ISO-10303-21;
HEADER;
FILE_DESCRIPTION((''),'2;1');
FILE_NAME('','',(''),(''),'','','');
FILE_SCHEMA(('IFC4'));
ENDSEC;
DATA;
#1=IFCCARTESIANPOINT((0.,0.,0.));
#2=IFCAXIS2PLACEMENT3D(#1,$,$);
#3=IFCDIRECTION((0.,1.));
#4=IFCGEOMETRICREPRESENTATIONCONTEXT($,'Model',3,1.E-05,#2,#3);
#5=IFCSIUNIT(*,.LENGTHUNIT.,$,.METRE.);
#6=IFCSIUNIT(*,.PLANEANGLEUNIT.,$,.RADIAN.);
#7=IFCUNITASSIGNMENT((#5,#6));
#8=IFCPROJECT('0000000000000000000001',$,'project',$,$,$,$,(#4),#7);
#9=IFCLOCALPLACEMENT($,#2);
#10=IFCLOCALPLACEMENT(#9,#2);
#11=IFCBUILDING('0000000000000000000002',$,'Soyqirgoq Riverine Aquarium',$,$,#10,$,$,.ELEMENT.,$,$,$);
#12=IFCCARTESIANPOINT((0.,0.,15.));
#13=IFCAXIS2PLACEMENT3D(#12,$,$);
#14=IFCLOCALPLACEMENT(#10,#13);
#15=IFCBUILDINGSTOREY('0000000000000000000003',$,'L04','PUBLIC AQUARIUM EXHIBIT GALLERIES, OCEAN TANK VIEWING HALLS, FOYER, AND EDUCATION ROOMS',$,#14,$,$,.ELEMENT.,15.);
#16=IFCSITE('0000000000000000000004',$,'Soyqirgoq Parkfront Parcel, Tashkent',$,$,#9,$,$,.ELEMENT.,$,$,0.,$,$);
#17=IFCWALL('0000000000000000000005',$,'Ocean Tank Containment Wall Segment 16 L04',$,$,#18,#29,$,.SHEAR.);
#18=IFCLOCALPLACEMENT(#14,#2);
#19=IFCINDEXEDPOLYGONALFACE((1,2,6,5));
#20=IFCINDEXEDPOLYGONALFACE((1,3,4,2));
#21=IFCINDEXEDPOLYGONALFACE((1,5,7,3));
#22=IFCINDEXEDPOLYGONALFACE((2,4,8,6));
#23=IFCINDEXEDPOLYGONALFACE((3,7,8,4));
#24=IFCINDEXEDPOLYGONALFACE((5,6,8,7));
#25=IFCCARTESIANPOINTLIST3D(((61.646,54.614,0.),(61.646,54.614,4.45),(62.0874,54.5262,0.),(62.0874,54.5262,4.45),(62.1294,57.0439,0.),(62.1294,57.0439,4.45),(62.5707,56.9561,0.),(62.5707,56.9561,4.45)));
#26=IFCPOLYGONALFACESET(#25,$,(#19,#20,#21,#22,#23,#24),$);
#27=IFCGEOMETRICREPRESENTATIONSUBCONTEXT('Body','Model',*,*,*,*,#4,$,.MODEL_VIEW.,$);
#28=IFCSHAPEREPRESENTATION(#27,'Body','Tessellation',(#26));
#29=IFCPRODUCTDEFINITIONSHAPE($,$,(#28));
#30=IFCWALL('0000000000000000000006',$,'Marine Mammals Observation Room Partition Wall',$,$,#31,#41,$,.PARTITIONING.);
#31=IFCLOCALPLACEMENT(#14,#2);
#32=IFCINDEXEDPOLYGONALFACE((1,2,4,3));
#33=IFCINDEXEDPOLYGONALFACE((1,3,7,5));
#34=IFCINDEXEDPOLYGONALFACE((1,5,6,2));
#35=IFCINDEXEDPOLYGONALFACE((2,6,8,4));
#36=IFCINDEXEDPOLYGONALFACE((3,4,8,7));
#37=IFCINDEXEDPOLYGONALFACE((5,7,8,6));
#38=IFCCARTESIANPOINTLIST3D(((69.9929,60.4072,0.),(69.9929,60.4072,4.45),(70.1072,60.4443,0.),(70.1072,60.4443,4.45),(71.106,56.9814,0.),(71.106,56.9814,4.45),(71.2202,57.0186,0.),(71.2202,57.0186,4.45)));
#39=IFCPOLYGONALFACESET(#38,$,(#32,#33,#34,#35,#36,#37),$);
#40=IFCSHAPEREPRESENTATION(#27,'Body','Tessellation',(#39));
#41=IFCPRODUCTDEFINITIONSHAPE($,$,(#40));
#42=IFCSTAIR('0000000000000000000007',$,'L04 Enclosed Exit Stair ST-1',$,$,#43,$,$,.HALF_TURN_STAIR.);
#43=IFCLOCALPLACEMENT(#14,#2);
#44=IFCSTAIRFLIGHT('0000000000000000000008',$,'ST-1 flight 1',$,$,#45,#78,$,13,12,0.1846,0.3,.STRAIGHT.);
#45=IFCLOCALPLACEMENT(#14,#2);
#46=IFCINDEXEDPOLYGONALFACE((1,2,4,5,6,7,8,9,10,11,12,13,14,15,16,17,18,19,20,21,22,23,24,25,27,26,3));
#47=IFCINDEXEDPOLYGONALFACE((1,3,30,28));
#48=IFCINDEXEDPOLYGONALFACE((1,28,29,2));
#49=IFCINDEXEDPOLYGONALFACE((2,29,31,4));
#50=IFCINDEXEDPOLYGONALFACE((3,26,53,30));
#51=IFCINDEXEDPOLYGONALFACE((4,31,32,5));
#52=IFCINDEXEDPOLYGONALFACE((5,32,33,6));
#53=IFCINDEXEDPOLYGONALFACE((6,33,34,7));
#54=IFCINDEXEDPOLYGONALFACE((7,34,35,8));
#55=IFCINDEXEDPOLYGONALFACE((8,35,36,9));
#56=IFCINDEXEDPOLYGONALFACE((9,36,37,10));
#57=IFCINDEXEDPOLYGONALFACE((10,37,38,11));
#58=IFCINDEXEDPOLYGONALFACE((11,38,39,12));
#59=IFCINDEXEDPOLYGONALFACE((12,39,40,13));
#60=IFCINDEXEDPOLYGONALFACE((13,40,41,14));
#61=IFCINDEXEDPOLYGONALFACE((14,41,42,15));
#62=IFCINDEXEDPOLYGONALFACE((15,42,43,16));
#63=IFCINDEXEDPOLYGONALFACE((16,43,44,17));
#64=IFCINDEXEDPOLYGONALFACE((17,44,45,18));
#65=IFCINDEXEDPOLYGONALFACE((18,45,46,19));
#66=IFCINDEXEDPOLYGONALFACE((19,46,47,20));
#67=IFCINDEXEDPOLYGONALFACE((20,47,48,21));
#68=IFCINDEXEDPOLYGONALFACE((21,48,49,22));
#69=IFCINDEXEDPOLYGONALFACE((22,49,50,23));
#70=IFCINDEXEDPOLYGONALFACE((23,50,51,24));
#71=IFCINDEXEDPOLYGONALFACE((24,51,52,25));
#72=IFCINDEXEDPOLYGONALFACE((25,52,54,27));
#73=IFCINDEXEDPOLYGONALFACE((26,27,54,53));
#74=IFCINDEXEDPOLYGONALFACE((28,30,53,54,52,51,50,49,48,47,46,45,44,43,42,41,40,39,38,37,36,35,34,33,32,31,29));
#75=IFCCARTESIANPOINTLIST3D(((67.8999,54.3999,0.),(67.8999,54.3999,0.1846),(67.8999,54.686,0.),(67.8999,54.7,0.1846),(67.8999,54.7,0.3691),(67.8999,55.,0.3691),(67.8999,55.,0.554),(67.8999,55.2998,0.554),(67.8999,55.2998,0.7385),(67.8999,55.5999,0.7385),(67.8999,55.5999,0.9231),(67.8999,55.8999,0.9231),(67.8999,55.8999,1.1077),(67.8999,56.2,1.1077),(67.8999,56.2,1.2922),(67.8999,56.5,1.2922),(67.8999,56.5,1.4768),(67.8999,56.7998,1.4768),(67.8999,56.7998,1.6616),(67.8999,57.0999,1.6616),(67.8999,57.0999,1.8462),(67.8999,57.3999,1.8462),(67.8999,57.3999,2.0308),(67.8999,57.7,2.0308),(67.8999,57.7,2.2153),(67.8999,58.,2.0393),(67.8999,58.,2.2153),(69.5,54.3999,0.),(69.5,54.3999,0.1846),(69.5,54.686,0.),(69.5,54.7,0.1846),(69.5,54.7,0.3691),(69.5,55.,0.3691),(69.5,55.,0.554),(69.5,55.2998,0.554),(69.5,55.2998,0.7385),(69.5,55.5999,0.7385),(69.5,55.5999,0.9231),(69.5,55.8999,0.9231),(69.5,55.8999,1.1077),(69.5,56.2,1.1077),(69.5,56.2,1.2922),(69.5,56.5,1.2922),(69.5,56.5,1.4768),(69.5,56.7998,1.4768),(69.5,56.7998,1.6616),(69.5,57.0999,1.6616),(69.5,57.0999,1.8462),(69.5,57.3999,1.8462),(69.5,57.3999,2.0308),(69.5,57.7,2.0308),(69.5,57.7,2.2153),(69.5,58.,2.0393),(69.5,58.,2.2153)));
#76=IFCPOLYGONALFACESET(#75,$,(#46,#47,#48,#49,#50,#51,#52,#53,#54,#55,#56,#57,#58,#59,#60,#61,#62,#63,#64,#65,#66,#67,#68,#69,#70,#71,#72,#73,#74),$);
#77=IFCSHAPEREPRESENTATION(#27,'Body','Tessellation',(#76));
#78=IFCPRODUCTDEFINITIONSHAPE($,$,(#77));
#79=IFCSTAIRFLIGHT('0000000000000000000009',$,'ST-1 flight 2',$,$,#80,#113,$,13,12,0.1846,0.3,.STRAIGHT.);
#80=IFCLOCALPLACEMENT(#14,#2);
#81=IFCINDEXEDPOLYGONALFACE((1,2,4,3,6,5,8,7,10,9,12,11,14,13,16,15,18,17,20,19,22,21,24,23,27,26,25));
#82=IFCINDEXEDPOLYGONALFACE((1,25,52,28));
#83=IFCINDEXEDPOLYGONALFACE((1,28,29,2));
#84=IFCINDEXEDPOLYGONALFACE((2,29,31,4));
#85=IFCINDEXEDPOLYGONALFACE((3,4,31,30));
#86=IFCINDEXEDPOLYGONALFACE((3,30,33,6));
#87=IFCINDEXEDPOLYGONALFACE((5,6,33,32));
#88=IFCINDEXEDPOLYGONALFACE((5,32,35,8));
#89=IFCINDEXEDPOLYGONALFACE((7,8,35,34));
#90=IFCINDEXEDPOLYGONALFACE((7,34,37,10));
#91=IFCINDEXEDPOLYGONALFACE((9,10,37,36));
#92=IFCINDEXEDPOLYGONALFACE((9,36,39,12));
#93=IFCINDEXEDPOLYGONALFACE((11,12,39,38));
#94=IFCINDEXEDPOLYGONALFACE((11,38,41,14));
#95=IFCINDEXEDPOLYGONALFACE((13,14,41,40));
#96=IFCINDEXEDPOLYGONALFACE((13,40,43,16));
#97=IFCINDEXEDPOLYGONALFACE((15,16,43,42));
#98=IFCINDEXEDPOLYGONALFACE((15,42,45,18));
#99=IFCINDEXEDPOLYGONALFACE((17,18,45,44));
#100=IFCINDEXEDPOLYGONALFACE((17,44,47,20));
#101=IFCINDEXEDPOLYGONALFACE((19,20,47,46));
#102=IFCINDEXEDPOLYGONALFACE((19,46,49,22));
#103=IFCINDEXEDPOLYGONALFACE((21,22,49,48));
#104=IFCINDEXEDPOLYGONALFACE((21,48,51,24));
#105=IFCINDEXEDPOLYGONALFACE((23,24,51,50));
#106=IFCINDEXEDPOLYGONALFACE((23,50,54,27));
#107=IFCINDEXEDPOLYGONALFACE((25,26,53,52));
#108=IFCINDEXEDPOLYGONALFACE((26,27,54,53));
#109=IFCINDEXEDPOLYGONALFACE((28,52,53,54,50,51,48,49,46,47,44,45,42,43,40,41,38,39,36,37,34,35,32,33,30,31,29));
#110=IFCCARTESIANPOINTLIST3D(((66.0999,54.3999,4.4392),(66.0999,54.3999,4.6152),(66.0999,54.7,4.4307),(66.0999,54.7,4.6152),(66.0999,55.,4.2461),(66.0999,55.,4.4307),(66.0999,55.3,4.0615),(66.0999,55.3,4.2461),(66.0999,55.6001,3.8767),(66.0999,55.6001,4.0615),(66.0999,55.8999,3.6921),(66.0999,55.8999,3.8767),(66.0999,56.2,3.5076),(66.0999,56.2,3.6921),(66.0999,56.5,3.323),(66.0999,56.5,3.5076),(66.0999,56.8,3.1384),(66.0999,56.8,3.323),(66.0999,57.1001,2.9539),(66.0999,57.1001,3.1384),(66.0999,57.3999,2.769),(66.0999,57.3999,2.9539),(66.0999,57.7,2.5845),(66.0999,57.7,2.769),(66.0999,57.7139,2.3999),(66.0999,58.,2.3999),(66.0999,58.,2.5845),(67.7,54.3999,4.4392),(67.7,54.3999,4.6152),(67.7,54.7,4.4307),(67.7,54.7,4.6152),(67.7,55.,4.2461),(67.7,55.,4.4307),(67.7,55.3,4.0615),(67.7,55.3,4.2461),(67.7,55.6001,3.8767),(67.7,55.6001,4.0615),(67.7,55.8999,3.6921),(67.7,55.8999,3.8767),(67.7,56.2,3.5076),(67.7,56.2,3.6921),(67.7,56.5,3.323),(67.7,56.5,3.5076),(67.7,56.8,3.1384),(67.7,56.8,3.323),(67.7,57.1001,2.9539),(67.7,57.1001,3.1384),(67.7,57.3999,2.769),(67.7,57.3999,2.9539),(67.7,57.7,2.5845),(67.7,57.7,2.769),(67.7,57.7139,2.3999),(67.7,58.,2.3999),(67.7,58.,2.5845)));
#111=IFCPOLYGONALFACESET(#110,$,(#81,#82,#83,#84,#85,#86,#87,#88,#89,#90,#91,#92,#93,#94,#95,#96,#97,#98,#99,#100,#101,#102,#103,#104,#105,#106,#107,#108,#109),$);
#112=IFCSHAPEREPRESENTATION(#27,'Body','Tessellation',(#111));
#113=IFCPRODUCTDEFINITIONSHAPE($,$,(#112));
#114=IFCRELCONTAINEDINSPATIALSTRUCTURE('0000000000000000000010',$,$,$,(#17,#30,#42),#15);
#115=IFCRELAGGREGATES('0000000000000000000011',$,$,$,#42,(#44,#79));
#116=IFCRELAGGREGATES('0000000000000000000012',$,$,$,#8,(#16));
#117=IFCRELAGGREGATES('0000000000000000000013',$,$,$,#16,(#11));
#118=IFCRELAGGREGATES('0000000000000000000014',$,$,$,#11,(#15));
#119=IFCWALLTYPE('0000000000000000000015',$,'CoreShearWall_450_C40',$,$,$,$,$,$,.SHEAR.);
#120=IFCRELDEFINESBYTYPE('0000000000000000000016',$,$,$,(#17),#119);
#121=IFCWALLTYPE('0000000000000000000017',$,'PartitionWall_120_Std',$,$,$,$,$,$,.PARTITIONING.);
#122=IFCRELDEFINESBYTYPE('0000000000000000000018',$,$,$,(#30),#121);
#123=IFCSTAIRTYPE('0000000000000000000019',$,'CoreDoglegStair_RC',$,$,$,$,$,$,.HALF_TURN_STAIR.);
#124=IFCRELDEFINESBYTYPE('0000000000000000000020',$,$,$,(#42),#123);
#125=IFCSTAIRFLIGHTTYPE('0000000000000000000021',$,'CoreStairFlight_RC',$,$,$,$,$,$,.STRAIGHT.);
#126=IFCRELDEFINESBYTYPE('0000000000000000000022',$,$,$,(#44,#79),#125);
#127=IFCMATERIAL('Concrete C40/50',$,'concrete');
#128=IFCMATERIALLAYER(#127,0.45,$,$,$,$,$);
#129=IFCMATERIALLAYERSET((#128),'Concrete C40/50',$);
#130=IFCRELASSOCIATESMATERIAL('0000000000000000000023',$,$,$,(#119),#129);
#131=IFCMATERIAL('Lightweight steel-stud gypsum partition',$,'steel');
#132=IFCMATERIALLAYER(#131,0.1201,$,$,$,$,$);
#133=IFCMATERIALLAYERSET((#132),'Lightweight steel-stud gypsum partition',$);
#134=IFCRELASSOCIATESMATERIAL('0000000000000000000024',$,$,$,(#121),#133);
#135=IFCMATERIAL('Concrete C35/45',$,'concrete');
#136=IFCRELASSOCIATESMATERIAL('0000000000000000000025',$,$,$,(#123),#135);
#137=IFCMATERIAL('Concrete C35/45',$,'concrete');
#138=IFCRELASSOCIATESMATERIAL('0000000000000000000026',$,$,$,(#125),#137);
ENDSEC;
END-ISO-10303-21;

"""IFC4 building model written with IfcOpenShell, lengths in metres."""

from ifc_helpers import new_model, si_unit, direction, frame, frame_2d, origin, place, context, subcontext, project, spatial, polyline, rectangle, outline, extrude, material, layer, layer_set, type_object, element, aggregate, save


model = new_model("IFC4")

# Units and contexts
model_context = context("Model", 3, precision=1e-05, world=origin(), true_north=direction((0.0, 1.0)))
body_context = subcontext(model_context, "Body", "Model", "MODEL_VIEW")
ifc_project = project(units=[si_unit("LENGTHUNIT", "METRE"), si_unit("PLANEANGLEUNIT", "RADIAN")], contexts=[model_context])

# Site, building, storey
site_placement = place(None, origin())
site = spatial("IfcSite", under=ifc_project, at=site_placement, Name="Soyqirgoq Parkfront Parcel, Tashkent", CompositionType="ELEMENT", RefElevation=0.0)
building_placement = place(site_placement, origin())
building = spatial("IfcBuilding", under=site, at=building_placement, Name="Soyqirgoq Riverine Aquarium", CompositionType="ELEMENT")
storey_placement = place(building_placement, frame((0.0, 0.0, 15.0)))
storey = spatial("IfcBuildingStorey", under=building, at=storey_placement, Name="L04", Description="PUBLIC AQUARIUM EXHIBIT GALLERIES, OCEAN TANK VIEWING HALLS, FOYER, AND EDUCATION ROOMS", CompositionType="ELEMENT", Elevation=15.0)

# Walls
ifc_material_1 = material(Name="Concrete C40/50", Category="concrete")
ifc_layer_1 = layer(ifc_material_1, 0.45)
ifc_layer_set_1 = layer_set([ifc_layer_1], Name="Concrete C40/50")
wall_type_1 = type_object("IfcWallType", Name="CoreShearWall_450_C40", PredefinedType="SHEAR", material=ifc_layer_set_1)
wall_1_placement = place(storey_placement, frame((61.8667, 54.5701, 0.0), z_axis=(0.0, 0.0, 1.0), x_axis=(0.195112, 0.980781, 0.0)))
element("IfcWall", 1, at=wall_1_placement, inside=storey, type_object=wall_type_1, Name="Ocean Tank Containment Wall Segment 16 L04", PredefinedType="SHEAR", context=body_context, shape_type="SweptSolid", body=[
    extrude(rectangle(XDim=2.4775, YDim=0.45, at=frame_2d((1.2388, 0.0))), origin(), (0.0, 0.0, 1.0), 4.45),
])
ifc_material_2 = material(Name="Lightweight steel-stud gypsum partition", Category="steel")
ifc_layer_2 = layer(ifc_material_2, 0.1201)
ifc_layer_set_2 = layer_set([ifc_layer_2], Name="Lightweight steel-stud gypsum partition")
wall_type_2 = type_object("IfcWallType", Name="PartitionWall_120_Std", PredefinedType="PARTITIONING", material=ifc_layer_set_2)
wall_2_placement = place(storey_placement, frame((70.05, 60.4258, 0.0), z_axis=(0.0, 0.0, 1.0), x_axis=(0.309, -0.951062, 0.0)))
element("IfcWall", 2, at=wall_2_placement, inside=storey, type_object=wall_type_2, Name="Marine Mammals Observation Room Partition Wall", PredefinedType="PARTITIONING", context=body_context, shape_type="SweptSolid", body=[
    extrude(rectangle(XDim=3.6021, YDim=0.1201, at=frame_2d((1.801, 0.0))), origin(), (0.0, 0.0, 1.0), 4.45),
])

# Stair, stair flights
ifc_material_3 = material(Name="Concrete C35/45", Category="concrete")
stair_type = type_object("IfcStairType", Name="CoreDoglegStair_RC", PredefinedType="HALF_TURN_STAIR", material=ifc_material_3)
stair_placement = place(storey_placement, origin())
stair = element("IfcStair", 3, at=stair_placement, inside=storey, type_object=stair_type, Name="L04 Enclosed Exit Stair ST-1", PredefinedType="HALF_TURN_STAIR")
ifc_material_4 = material(Name="Concrete C35/45", Category="concrete")
stair_flight_type = type_object("IfcStairFlightType", Name="CoreStairFlight_RC", PredefinedType="STRAIGHT", material=ifc_material_4)
stair_flight_1_placement = place(storey_placement, frame((68.7, 54.3999, 0.0), z_axis=(0.0, 0.0, 1.0), x_axis=(0.0, 1.0, 0.0)))
stair_flight_1 = element("IfcStairFlight", 4, at=stair_flight_1_placement, type_object=stair_flight_type, Name="ST-1 flight 1", NumberOfRisers=13, NumberOfTreads=12, PredefinedType="STRAIGHT", RiserHeight=0.1846, TreadLength=0.3, context=body_context, shape_type="SweptSolid", body=[
    extrude(outline(polyline([(0.0, 0.0), (0.0, 0.1846), (0.3, 0.1846), (0.3, 0.3691), (0.6001, 0.3691), (0.6001, 0.554), (0.8999, 0.554), (0.8999, 0.7385), (1.2, 0.7385), (1.2, 0.9231), (1.5, 0.9231), (1.5, 1.1077), (1.8, 1.1077), (1.8, 1.2922), (2.1001, 1.2922), (2.1001, 1.4768), (2.3999, 1.4768), (2.3999, 1.6616), (2.7, 1.6616), (2.7, 1.8462), (3.0, 1.8462), (3.0, 2.0308), (3.3, 2.0308), (3.3, 2.2153), (3.6001, 2.2153), (3.6001, 2.3999), (3.6001, 2.0393), (0.2861, 0.0), (0.0, 0.0)])), frame((0.0, 0.8, 0.0), z_axis=(0.0, -1.0, 0.0), x_axis=(1.0, 0.0, 0.0)), (0.0, 0.0, 1.0), 1.6001),
])
stair_flight_2_placement = place(storey_placement, frame((66.8999, 58.0, 2.3999), z_axis=(0.0, 0.0, 1.0), x_axis=(0.0, -1.0, 0.0)))
stair_flight_2 = element("IfcStairFlight", 5, at=stair_flight_2_placement, type_object=stair_flight_type, Name="ST-1 flight 2", NumberOfRisers=13, NumberOfTreads=12, PredefinedType="STRAIGHT", RiserHeight=0.1846, TreadLength=0.3, context=body_context, shape_type="SweptSolid", body=[
    extrude(outline(polyline([(0.0, 0.0), (0.0, 0.1846), (0.3, 0.1846), (0.3, 0.3691), (0.6001, 0.3691), (0.6001, 0.554), (0.8999, 0.554), (0.8999, 0.7385), (1.2, 0.7385), (1.2, 0.9231), (1.5, 0.9231), (1.5, 1.1077), (1.8, 1.1077), (1.8, 1.2922), (2.1001, 1.2922), (2.1001, 1.4768), (2.3999, 1.4768), (2.3999, 1.6616), (2.7, 1.6616), (2.7, 1.8462), (3.0, 1.8462), (3.0, 2.0308), (3.3, 2.0308), (3.3, 2.2153), (3.6001, 2.2153), (3.6001, 2.3999), (3.6001, 2.0393), (0.2861, 0.0), (0.0, 0.0)])), frame((0.0, 0.8, 0.0), z_axis=(0.0, -1.0, 0.0), x_axis=(1.0, 0.0, 0.0)), (0.0, 0.0, 1.0), 1.6001),
])
aggregate(stair, [stair_flight_1, stair_flight_2])

save(model, "model.ifc")
